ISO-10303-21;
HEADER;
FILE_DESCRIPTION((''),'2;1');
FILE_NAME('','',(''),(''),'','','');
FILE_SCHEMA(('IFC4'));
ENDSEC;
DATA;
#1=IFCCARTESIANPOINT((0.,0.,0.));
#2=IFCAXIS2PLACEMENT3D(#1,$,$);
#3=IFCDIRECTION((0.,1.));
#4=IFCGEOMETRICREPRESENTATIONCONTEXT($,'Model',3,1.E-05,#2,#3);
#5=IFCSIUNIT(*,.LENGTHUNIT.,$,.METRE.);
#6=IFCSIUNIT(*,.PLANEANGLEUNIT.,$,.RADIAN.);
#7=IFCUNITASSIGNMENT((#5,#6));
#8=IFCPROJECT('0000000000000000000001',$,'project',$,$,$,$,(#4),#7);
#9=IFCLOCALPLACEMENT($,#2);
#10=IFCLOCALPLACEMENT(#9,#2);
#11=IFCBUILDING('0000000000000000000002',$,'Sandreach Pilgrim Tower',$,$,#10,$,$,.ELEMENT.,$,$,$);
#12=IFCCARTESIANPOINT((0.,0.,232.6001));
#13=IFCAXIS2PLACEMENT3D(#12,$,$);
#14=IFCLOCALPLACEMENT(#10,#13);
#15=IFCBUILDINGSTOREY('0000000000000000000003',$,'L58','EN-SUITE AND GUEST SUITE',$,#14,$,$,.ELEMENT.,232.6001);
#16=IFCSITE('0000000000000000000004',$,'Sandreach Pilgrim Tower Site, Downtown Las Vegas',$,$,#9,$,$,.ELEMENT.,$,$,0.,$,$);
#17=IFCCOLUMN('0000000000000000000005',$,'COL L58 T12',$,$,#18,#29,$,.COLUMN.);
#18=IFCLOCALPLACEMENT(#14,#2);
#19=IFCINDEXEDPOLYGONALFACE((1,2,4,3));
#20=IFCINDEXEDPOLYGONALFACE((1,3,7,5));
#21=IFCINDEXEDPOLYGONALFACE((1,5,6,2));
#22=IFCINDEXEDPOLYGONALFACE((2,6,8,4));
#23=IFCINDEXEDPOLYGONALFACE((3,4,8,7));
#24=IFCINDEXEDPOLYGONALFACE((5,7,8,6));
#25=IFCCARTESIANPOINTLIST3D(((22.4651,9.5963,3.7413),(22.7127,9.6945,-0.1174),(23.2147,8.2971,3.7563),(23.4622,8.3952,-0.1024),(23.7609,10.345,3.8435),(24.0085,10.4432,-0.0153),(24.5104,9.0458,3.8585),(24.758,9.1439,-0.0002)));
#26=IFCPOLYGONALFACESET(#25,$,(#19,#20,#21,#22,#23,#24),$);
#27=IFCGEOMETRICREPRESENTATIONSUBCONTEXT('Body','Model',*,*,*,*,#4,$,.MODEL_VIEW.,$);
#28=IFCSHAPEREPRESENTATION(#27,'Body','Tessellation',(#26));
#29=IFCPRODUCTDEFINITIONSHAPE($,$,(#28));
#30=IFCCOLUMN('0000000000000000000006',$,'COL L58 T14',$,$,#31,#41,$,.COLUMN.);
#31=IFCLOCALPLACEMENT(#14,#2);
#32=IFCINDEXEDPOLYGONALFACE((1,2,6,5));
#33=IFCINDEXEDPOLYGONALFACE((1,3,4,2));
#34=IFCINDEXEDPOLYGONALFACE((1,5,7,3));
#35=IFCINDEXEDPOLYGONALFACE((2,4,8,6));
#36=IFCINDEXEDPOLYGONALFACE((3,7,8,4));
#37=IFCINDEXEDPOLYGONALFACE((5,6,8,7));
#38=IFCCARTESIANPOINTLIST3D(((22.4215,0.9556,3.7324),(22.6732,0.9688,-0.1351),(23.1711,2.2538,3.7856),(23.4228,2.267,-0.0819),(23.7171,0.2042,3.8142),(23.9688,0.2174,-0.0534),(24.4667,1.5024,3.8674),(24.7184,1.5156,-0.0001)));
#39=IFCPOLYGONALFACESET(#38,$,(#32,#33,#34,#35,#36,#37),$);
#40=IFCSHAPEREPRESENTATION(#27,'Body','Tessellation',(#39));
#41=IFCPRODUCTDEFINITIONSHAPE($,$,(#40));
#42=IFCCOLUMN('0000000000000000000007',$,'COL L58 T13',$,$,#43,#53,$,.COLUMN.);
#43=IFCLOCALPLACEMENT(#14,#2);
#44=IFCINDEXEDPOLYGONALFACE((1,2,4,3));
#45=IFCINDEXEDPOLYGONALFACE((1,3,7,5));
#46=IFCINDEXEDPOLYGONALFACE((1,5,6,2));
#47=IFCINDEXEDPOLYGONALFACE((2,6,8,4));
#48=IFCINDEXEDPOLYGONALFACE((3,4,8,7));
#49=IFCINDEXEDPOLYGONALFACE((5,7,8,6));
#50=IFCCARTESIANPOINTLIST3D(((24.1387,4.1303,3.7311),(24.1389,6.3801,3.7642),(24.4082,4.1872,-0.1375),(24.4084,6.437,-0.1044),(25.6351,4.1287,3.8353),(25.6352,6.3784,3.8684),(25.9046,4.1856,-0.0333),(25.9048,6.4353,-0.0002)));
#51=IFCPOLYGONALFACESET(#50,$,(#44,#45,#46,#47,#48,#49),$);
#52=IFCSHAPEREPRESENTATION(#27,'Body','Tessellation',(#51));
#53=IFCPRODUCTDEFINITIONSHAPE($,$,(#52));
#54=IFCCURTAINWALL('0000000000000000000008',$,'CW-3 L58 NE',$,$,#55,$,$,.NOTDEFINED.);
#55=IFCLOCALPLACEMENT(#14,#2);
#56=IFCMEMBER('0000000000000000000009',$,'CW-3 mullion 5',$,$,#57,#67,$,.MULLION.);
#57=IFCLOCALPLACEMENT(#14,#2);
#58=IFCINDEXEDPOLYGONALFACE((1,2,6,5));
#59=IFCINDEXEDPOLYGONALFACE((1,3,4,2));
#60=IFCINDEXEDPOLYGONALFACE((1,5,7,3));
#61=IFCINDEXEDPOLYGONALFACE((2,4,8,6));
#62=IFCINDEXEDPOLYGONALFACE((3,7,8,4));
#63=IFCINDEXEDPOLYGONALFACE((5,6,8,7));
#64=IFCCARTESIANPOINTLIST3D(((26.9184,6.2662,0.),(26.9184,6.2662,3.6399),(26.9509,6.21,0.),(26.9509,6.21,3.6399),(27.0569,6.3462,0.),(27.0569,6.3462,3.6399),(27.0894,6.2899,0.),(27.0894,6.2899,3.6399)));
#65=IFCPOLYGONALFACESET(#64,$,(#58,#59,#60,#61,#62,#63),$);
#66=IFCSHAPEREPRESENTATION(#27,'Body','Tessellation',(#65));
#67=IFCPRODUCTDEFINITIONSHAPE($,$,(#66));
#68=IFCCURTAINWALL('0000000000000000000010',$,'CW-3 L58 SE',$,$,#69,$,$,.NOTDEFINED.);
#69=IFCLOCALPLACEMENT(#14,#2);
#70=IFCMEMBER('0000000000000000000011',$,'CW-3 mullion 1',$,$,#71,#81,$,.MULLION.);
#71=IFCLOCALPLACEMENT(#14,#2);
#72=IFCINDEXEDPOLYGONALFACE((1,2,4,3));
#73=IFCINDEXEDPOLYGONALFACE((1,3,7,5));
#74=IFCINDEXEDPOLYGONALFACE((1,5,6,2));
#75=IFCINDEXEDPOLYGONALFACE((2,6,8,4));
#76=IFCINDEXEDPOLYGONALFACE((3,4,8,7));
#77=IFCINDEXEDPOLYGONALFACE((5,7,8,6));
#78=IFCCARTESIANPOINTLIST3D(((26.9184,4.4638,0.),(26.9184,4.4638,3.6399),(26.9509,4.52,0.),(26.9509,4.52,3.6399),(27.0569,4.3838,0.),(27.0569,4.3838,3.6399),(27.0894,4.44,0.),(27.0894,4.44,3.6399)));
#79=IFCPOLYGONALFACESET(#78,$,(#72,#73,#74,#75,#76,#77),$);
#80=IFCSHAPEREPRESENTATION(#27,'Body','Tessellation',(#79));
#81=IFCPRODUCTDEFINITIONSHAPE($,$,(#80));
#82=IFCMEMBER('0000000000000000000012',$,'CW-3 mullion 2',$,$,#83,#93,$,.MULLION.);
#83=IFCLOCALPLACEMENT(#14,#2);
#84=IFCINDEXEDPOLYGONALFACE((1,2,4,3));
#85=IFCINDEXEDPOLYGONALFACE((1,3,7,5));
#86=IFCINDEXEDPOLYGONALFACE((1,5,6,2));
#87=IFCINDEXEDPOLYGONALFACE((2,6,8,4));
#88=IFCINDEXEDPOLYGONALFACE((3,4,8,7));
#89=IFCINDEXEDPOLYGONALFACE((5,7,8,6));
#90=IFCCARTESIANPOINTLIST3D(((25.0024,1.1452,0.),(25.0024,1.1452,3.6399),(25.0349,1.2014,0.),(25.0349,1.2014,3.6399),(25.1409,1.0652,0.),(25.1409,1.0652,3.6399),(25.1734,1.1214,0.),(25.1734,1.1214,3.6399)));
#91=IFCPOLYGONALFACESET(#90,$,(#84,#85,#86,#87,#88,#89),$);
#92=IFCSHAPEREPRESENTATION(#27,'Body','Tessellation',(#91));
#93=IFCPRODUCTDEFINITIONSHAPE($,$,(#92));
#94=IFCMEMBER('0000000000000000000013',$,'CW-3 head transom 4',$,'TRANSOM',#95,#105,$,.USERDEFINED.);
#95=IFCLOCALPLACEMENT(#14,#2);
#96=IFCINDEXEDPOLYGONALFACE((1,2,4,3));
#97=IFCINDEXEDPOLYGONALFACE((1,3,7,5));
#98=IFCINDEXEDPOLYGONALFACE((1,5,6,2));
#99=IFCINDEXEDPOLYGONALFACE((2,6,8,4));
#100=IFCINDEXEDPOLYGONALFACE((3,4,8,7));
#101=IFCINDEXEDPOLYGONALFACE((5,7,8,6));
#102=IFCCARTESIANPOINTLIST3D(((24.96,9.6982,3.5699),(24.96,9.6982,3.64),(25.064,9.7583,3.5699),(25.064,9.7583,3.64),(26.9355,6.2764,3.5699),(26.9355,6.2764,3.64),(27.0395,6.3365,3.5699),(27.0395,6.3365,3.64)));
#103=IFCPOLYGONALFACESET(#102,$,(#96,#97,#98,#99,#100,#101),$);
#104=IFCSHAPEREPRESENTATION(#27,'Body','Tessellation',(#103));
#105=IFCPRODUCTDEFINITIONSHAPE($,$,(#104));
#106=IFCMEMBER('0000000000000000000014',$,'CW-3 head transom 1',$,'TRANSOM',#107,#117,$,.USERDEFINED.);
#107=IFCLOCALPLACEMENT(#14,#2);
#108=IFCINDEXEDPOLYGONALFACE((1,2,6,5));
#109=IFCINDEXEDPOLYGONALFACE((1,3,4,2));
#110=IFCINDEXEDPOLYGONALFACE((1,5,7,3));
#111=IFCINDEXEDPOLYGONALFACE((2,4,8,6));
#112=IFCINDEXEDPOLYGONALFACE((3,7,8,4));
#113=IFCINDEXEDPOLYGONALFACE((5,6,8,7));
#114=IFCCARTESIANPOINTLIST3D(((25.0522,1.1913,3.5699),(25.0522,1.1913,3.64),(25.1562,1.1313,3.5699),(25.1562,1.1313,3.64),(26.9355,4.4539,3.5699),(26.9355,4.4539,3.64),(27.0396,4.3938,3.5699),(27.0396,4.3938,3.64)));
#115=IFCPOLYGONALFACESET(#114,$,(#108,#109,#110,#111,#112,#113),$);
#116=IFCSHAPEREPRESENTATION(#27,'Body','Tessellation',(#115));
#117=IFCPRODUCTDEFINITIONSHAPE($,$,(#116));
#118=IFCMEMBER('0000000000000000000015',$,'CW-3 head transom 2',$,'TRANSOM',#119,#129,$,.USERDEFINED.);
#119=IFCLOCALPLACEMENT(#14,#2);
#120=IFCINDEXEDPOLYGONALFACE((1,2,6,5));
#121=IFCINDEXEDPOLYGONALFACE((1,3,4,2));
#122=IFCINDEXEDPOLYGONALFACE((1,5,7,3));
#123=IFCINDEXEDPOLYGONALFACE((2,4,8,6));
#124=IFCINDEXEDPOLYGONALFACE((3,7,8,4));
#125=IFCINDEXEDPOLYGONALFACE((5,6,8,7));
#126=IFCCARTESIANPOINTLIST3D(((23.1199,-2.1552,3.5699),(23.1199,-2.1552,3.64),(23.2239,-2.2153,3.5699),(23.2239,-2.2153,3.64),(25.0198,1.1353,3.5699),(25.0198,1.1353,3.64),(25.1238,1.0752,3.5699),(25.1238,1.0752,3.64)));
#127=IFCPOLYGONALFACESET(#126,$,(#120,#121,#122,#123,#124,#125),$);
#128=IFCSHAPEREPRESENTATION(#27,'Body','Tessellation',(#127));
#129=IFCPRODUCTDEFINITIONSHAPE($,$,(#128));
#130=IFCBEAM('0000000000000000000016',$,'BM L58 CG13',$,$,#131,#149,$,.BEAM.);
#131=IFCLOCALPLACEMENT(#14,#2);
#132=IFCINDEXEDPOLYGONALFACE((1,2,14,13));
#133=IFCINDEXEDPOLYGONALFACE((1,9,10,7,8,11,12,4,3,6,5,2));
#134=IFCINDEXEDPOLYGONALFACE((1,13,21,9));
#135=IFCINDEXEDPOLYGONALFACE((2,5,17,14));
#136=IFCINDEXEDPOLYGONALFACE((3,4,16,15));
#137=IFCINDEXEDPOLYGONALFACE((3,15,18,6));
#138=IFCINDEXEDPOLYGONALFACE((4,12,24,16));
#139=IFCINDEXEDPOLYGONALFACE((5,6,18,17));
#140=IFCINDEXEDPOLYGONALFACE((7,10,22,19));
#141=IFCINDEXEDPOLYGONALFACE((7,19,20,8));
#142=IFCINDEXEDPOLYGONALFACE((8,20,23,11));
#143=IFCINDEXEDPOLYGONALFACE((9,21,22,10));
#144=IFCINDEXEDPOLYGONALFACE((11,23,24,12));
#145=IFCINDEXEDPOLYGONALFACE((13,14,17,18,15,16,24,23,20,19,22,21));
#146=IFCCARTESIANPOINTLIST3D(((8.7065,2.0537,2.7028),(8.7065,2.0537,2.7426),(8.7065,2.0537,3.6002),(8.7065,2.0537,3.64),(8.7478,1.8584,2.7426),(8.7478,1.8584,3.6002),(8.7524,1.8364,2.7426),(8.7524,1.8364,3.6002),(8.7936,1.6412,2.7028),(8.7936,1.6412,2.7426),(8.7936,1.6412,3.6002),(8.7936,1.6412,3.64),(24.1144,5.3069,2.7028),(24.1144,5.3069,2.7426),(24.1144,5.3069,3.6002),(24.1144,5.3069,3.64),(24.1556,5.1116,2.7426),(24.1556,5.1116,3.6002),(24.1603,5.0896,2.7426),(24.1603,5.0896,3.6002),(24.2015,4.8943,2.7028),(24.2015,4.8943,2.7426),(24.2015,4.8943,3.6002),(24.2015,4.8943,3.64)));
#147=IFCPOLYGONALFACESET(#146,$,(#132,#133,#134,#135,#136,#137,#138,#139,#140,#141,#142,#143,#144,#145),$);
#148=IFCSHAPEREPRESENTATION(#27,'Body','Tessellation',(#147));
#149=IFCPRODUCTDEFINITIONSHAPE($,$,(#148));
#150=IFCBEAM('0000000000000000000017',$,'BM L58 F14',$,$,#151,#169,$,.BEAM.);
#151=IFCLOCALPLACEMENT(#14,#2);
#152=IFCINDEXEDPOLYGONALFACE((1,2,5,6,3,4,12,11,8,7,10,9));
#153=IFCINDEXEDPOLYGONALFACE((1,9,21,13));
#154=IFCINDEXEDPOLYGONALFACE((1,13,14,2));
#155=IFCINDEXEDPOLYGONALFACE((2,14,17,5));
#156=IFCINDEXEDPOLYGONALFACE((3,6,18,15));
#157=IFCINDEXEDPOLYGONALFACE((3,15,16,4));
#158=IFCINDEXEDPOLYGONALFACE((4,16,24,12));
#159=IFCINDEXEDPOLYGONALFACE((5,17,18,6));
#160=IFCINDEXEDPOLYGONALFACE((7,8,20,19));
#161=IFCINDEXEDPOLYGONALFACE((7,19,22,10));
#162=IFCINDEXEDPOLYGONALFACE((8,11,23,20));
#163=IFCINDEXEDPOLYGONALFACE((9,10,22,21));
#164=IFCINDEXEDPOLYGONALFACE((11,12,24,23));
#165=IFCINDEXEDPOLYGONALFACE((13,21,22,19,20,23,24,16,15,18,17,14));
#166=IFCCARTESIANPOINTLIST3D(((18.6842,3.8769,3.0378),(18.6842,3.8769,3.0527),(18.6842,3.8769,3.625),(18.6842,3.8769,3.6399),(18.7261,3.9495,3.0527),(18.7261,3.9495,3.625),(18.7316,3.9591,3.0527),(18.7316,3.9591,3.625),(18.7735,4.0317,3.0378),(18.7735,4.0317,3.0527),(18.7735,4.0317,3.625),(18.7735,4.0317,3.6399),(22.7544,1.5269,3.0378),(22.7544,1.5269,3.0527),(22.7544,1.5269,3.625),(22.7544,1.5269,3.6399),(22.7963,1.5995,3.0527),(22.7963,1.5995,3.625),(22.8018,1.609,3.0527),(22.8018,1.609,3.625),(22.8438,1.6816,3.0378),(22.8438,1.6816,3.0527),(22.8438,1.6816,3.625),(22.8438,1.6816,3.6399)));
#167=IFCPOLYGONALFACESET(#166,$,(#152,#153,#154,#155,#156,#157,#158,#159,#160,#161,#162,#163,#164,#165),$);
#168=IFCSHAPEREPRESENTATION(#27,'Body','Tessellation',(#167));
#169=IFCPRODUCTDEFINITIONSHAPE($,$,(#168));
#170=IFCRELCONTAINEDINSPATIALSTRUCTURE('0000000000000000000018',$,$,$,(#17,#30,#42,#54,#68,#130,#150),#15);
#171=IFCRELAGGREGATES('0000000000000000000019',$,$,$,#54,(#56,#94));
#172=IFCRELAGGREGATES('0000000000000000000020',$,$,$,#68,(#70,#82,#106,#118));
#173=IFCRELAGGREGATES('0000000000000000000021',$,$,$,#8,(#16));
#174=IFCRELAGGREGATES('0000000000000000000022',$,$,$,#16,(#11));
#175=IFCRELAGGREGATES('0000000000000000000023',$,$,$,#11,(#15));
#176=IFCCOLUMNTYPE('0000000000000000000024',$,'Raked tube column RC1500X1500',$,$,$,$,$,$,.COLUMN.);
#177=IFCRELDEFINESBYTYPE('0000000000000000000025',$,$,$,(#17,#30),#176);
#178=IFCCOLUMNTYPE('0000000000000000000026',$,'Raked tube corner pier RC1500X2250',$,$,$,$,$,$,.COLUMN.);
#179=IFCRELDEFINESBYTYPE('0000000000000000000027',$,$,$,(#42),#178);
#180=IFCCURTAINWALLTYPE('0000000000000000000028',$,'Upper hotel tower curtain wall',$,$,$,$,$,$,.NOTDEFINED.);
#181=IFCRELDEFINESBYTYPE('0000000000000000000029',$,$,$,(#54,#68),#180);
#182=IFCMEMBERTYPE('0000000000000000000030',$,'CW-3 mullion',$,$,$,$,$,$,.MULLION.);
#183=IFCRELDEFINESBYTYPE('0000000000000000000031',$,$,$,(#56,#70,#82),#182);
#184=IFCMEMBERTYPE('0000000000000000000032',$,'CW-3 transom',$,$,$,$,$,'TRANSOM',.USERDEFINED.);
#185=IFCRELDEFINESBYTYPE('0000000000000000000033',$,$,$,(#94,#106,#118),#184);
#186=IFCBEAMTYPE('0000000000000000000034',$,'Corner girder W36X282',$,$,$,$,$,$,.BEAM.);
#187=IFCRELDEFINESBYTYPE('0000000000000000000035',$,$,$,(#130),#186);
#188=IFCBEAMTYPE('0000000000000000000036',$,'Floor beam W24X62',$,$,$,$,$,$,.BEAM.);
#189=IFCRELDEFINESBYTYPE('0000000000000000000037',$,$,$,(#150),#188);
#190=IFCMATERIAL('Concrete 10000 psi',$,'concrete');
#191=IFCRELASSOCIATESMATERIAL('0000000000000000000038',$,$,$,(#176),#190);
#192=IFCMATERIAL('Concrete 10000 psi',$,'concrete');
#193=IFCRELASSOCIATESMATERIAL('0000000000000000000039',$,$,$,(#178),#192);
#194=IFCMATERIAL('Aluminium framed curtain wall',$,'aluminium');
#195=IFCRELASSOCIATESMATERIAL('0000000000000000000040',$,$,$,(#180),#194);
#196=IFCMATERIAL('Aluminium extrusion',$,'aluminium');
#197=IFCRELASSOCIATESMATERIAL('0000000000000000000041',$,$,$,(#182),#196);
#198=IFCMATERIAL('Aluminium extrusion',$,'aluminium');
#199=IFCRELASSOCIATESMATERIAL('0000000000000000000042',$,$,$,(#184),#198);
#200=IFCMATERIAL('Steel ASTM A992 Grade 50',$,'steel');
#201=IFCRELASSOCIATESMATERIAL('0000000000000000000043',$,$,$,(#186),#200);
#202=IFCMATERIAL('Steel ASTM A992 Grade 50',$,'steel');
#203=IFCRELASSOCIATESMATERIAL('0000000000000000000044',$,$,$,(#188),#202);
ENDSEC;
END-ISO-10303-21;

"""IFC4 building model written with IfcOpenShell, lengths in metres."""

from ifc_helpers import new_model, si_unit, direction, frame, origin, origin_2d, place, context, subcontext, project, spatial, rectangle, i_section, extrude, material, material_profile, profile_set, type_object, element, aggregate, save


model = new_model("IFC4")

# Units and contexts
model_context = context("Model", 3, precision=1e-05, world=origin(), true_north=direction((0.0, 1.0)))
body_context = subcontext(model_context, "Body", "Model", "MODEL_VIEW")
ifc_project = project(units=[si_unit("LENGTHUNIT", "METRE"), si_unit("PLANEANGLEUNIT", "RADIAN")], contexts=[model_context])

# Site, building, storey
site_placement = place(None, origin())
site = spatial("IfcSite", under=ifc_project, at=site_placement, Name="Sandreach Pilgrim Tower Site, Downtown Las Vegas", CompositionType="ELEMENT", RefElevation=0.0)
building_placement = place(site_placement, origin())
building = spatial("IfcBuilding", under=site, at=building_placement, Name="Sandreach Pilgrim Tower", CompositionType="ELEMENT")
storey_placement = place(building_placement, frame((0.0, 0.0, 232.6001)))
storey = spatial("IfcBuildingStorey", under=building, at=storey_placement, Name="L58", Description="EN-SUITE AND GUEST SUITE", CompositionType="ELEMENT", Elevation=232.6001)

# Columns
ifc_material_1 = material(Name="Concrete 10000 psi", Category="concrete")
ifc_material_profile_1 = material_profile(ifc_material_1, rectangle(XDim=1.5, YDim=1.5, at=origin_2d()), Name="RC1500X1500")
ifc_profile_set_1 = profile_set([ifc_material_profile_1], Name="Concrete 10000 psi")
column_type_1 = type_object("IfcColumnType", Name="Raked tube column RC1500X1500", PredefinedType="COLUMN", material=ifc_profile_set_1)
column_1_placement = place(storey_placement, frame((23.7354, 9.4192, -0.0588), z_axis=(-0.064005, -0.025375, 0.997627), x_axis=(0.863842, 0.499136, 0.068117)))
element("IfcColumn", 1, at=column_1_placement, inside=storey, type_object=column_type_1, Name="COL L58 T12", PredefinedType="COLUMN", context=body_context, shape_type="SweptSolid", body=[
    extrude(rectangle(XDim=1.5, YDim=1.5, at=origin_2d()), origin(), (0.0, 0.0, 1.0), 3.8679),
])
column_2_placement = place(storey_placement, frame((23.6958, 1.2422, -0.0676), z_axis=(-0.064946, -0.003402, 0.997883), x_axis=(0.863745, -0.500972, 0.054508)))
element("IfcColumn", 2, at=column_2_placement, inside=storey, type_object=column_type_1, Name="COL L58 T14", PredefinedType="COLUMN", context=body_context, shape_type="SweptSolid", body=[
    extrude(rectangle(XDim=1.5, YDim=1.5, at=origin_2d()), origin(), (0.0, 0.0, 1.0), 3.8757),
])
ifc_material_2 = material(Name="Concrete 10000 psi", Category="concrete")
ifc_material_profile_2 = material_profile(ifc_material_2, rectangle(XDim=1.5, YDim=2.25, at=origin_2d()), Name="RC1500X2250")
ifc_profile_set_2 = profile_set([ifc_material_profile_2], Name="Concrete 10000 psi")
column_type_2 = type_object("IfcColumnType", Name="Raked tube corner pier RC1500X2250", PredefinedType="COLUMN", material=ifc_profile_set_2)
column_3_placement = place(storey_placement, frame((25.1565, 5.3113, -0.0688), z_axis=(-0.069495, -0.014667, 0.997475), x_axis=(0.997582, -0.001101, 0.069486)))
element("IfcColumn", 3, at=column_3_placement, inside=storey, type_object=column_type_2, Name="COL L58 T13", PredefinedType="COLUMN", context=body_context, shape_type="SweptSolid", body=[
    extrude(rectangle(XDim=1.5, YDim=2.25, at=origin_2d()), origin(), (0.0, 0.0, 1.0), 3.8784),
])

# Curtain wall, member
ifc_material_3 = material(Name="Aluminium framed curtain wall", Category="aluminium")
curtain_wall_type = type_object("IfcCurtainWallType", Name="Upper hotel tower curtain wall", PredefinedType="NOTDEFINED", material=ifc_material_3)
curtain_wall_1_placement = place(storey_placement, origin())
curtain_wall_1 = element("IfcCurtainWall", 4, at=curtain_wall_1_placement, inside=storey, type_object=curtain_wall_type, Name="CW-3 L58 NE", PredefinedType="NOTDEFINED")
ifc_material_4 = material(Name="Aluminium extrusion", Category="aluminium")
ifc_material_profile_3 = material_profile(ifc_material_4, rectangle(XDim=0.0649, YDim=0.1599, at=origin_2d()), Name="CW-3M 65X160")
ifc_profile_set_3 = profile_set([ifc_material_profile_3], Name="Aluminium extrusion")
member_type_1 = type_object("IfcMemberType", Name="CW-3 mullion", PredefinedType="MULLION", material=ifc_profile_set_3)
member_1_placement = place(storey_placement, frame((27.0039, 6.2781, 0.0), z_axis=(0.0, 0.0, 1.0), x_axis=(0.5, -0.866025, 0.0)))
member_1 = element("IfcMember", 5, at=member_1_placement, type_object=member_type_1, Name="CW-3 mullion 5", PredefinedType="MULLION", context=body_context, shape_type="SweptSolid", body=[
    extrude(rectangle(XDim=0.0649, YDim=0.1599, at=origin_2d()), origin(), (0.0, 0.0, 1.0), 3.6399),
])

# Curtain wall, members
curtain_wall_2_placement = place(storey_placement, origin())
curtain_wall_2 = element("IfcCurtainWall", 6, at=curtain_wall_2_placement, inside=storey, type_object=curtain_wall_type, Name="CW-3 L58 SE", PredefinedType="NOTDEFINED")
member_2_placement = place(storey_placement, frame((27.0039, 4.4519, 0.0), z_axis=(0.0, 0.0, 1.0), x_axis=(-0.5, -0.866025, 0.0)))
member_2 = element("IfcMember", 7, at=member_2_placement, type_object=member_type_1, Name="CW-3 mullion 1", PredefinedType="MULLION", context=body_context, shape_type="SweptSolid", body=[
    extrude(rectangle(XDim=0.0649, YDim=0.1599, at=origin_2d()), origin(), (0.0, 0.0, 1.0), 3.6399),
])
member_3_placement = place(storey_placement, frame((25.0879, 1.1333, 0.0), z_axis=(0.0, 0.0, 1.0), x_axis=(-0.5, -0.866025, 0.0)))
member_3 = element("IfcMember", 8, at=member_3_placement, type_object=member_type_1, Name="CW-3 mullion 2", PredefinedType="MULLION", context=body_context, shape_type="SweptSolid", body=[
    extrude(rectangle(XDim=0.0649, YDim=0.1599, at=origin_2d()), origin(), (0.0, 0.0, 1.0), 3.6399),
])

# Members
ifc_material_5 = material(Name="Aluminium extrusion", Category="aluminium")
ifc_material_profile_4 = material_profile(ifc_material_5, rectangle(XDim=0.1201, YDim=0.0701, at=origin_2d()), Name="CW-3T 120X70")
ifc_profile_set_4 = profile_set([ifc_material_profile_4], Name="Aluminium extrusion")
member_type_2 = type_object("IfcMemberType", Name="CW-3 transom", ElementType="TRANSOM", PredefinedType="USERDEFINED", material=ifc_profile_set_4)
member_4_placement = place(storey_placement, frame((25.012, 9.7283, 3.605), z_axis=(0.499993, -0.866029, 0.0), x_axis=(0.866029, 0.499993, 0.0)))
member_4 = element("IfcMember", 9, at=member_4_placement, type_object=member_type_2, Name="CW-3 head transom 4", ObjectType="TRANSOM", PredefinedType="USERDEFINED", context=body_context, shape_type="SweptSolid", body=[
    extrude(rectangle(XDim=0.1201, YDim=0.0701, at=origin_2d()), origin(), (0.0, 0.0, 1.0), 3.9512),
])
member_5_placement = place(storey_placement, frame((26.9875, 4.4238, 3.605), z_axis=(-0.499945, -0.866057, 0.0), x_axis=(0.866057, -0.499945, 0.0)))
member_5 = element("IfcMember", 10, at=member_5_placement, type_object=member_type_2, Name="CW-3 head transom 1", ObjectType="TRANSOM", PredefinedType="USERDEFINED", context=body_context, shape_type="SweptSolid", body=[
    extrude(rectangle(XDim=0.1201, YDim=0.0701, at=origin_2d()), origin(), (0.0, 0.0, 1.0), 3.7671),
])
member_6_placement = place(storey_placement, frame((25.0718, 1.1052, 3.605), z_axis=(-0.500023, -0.866012, 0.0), x_axis=(0.866012, -0.500023, 0.0)))
member_6 = element("IfcMember", 11, at=member_6_placement, type_object=member_type_2, Name="CW-3 head transom 2", ObjectType="TRANSOM", PredefinedType="USERDEFINED", context=body_context, shape_type="SweptSolid", body=[
    extrude(rectangle(XDim=0.1201, YDim=0.0701, at=origin_2d()), origin(), (0.0, 0.0, 1.0), 3.7996),
])

# Beams
ifc_material_6 = material(Name="Steel ASTM A992 Grade 50", Category="steel")
ifc_material_profile_5 = material_profile(ifc_material_6, i_section(OverallWidth=0.4216, OverallDepth=0.9373, WebThickness=0.0225, FlangeThickness=0.0398, at=origin_2d()), Name="W36X282")
ifc_profile_set_5 = profile_set([ifc_material_profile_5], Name="Steel ASTM A992 Grade 50")
beam_type_1 = type_object("IfcBeamType", Name="Corner girder W36X282", PredefinedType="BEAM", material=ifc_profile_set_5)
beam_1_placement = place(storey_placement, frame((24.158, 5.1006, 3.1714), z_axis=(-0.978429, -0.206582, 0.0), x_axis=(0.206582, -0.978429, 0.0)))
element("IfcBeam", 12, at=beam_1_placement, inside=storey, type_object=beam_type_1, Name="BM L58 CG13", PredefinedType="BEAM", context=body_context, shape_type="SweptSolid", body=[
    extrude(i_section(OverallWidth=0.4216, OverallDepth=0.9373, WebThickness=0.0225, FlangeThickness=0.0398, at=origin_2d()), origin(), (0.0, 0.0, 1.0), 15.7476),
])
ifc_material_7 = material(Name="Steel ASTM A992 Grade 50", Category="steel")
ifc_material_profile_6 = material_profile(ifc_material_7, i_section(OverallWidth=0.1787, OverallDepth=0.6021, WebThickness=0.011, FlangeThickness=0.0149, at=origin_2d()), Name="W24X62")
ifc_profile_set_6 = profile_set([ifc_material_profile_6], Name="Steel ASTM A992 Grade 50")
beam_type_2 = type_object("IfcBeamType", Name="Floor beam W24X62", PredefinedType="BEAM", material=ifc_profile_set_6)
beam_2_placement = place(storey_placement, frame((22.7991, 1.6042, 3.3389), z_axis=(-0.866016, 0.500016, 0.0), x_axis=(-0.500016, -0.866016, 0.0)))
element("IfcBeam", 13, at=beam_2_placement, inside=storey, type_object=beam_type_2, Name="BM L58 F14", PredefinedType="BEAM", context=body_context, shape_type="SweptSolid", body=[
    extrude(i_section(OverallWidth=0.1787, OverallDepth=0.6021, WebThickness=0.011, FlangeThickness=0.0149, at=origin_2d()), origin(), (0.0, 0.0, 1.0), 4.7),
])

aggregate(curtain_wall_1, [member_1, member_4])
aggregate(curtain_wall_2, [member_2, member_3, member_5, member_6])

save(model, "model.ifc")
